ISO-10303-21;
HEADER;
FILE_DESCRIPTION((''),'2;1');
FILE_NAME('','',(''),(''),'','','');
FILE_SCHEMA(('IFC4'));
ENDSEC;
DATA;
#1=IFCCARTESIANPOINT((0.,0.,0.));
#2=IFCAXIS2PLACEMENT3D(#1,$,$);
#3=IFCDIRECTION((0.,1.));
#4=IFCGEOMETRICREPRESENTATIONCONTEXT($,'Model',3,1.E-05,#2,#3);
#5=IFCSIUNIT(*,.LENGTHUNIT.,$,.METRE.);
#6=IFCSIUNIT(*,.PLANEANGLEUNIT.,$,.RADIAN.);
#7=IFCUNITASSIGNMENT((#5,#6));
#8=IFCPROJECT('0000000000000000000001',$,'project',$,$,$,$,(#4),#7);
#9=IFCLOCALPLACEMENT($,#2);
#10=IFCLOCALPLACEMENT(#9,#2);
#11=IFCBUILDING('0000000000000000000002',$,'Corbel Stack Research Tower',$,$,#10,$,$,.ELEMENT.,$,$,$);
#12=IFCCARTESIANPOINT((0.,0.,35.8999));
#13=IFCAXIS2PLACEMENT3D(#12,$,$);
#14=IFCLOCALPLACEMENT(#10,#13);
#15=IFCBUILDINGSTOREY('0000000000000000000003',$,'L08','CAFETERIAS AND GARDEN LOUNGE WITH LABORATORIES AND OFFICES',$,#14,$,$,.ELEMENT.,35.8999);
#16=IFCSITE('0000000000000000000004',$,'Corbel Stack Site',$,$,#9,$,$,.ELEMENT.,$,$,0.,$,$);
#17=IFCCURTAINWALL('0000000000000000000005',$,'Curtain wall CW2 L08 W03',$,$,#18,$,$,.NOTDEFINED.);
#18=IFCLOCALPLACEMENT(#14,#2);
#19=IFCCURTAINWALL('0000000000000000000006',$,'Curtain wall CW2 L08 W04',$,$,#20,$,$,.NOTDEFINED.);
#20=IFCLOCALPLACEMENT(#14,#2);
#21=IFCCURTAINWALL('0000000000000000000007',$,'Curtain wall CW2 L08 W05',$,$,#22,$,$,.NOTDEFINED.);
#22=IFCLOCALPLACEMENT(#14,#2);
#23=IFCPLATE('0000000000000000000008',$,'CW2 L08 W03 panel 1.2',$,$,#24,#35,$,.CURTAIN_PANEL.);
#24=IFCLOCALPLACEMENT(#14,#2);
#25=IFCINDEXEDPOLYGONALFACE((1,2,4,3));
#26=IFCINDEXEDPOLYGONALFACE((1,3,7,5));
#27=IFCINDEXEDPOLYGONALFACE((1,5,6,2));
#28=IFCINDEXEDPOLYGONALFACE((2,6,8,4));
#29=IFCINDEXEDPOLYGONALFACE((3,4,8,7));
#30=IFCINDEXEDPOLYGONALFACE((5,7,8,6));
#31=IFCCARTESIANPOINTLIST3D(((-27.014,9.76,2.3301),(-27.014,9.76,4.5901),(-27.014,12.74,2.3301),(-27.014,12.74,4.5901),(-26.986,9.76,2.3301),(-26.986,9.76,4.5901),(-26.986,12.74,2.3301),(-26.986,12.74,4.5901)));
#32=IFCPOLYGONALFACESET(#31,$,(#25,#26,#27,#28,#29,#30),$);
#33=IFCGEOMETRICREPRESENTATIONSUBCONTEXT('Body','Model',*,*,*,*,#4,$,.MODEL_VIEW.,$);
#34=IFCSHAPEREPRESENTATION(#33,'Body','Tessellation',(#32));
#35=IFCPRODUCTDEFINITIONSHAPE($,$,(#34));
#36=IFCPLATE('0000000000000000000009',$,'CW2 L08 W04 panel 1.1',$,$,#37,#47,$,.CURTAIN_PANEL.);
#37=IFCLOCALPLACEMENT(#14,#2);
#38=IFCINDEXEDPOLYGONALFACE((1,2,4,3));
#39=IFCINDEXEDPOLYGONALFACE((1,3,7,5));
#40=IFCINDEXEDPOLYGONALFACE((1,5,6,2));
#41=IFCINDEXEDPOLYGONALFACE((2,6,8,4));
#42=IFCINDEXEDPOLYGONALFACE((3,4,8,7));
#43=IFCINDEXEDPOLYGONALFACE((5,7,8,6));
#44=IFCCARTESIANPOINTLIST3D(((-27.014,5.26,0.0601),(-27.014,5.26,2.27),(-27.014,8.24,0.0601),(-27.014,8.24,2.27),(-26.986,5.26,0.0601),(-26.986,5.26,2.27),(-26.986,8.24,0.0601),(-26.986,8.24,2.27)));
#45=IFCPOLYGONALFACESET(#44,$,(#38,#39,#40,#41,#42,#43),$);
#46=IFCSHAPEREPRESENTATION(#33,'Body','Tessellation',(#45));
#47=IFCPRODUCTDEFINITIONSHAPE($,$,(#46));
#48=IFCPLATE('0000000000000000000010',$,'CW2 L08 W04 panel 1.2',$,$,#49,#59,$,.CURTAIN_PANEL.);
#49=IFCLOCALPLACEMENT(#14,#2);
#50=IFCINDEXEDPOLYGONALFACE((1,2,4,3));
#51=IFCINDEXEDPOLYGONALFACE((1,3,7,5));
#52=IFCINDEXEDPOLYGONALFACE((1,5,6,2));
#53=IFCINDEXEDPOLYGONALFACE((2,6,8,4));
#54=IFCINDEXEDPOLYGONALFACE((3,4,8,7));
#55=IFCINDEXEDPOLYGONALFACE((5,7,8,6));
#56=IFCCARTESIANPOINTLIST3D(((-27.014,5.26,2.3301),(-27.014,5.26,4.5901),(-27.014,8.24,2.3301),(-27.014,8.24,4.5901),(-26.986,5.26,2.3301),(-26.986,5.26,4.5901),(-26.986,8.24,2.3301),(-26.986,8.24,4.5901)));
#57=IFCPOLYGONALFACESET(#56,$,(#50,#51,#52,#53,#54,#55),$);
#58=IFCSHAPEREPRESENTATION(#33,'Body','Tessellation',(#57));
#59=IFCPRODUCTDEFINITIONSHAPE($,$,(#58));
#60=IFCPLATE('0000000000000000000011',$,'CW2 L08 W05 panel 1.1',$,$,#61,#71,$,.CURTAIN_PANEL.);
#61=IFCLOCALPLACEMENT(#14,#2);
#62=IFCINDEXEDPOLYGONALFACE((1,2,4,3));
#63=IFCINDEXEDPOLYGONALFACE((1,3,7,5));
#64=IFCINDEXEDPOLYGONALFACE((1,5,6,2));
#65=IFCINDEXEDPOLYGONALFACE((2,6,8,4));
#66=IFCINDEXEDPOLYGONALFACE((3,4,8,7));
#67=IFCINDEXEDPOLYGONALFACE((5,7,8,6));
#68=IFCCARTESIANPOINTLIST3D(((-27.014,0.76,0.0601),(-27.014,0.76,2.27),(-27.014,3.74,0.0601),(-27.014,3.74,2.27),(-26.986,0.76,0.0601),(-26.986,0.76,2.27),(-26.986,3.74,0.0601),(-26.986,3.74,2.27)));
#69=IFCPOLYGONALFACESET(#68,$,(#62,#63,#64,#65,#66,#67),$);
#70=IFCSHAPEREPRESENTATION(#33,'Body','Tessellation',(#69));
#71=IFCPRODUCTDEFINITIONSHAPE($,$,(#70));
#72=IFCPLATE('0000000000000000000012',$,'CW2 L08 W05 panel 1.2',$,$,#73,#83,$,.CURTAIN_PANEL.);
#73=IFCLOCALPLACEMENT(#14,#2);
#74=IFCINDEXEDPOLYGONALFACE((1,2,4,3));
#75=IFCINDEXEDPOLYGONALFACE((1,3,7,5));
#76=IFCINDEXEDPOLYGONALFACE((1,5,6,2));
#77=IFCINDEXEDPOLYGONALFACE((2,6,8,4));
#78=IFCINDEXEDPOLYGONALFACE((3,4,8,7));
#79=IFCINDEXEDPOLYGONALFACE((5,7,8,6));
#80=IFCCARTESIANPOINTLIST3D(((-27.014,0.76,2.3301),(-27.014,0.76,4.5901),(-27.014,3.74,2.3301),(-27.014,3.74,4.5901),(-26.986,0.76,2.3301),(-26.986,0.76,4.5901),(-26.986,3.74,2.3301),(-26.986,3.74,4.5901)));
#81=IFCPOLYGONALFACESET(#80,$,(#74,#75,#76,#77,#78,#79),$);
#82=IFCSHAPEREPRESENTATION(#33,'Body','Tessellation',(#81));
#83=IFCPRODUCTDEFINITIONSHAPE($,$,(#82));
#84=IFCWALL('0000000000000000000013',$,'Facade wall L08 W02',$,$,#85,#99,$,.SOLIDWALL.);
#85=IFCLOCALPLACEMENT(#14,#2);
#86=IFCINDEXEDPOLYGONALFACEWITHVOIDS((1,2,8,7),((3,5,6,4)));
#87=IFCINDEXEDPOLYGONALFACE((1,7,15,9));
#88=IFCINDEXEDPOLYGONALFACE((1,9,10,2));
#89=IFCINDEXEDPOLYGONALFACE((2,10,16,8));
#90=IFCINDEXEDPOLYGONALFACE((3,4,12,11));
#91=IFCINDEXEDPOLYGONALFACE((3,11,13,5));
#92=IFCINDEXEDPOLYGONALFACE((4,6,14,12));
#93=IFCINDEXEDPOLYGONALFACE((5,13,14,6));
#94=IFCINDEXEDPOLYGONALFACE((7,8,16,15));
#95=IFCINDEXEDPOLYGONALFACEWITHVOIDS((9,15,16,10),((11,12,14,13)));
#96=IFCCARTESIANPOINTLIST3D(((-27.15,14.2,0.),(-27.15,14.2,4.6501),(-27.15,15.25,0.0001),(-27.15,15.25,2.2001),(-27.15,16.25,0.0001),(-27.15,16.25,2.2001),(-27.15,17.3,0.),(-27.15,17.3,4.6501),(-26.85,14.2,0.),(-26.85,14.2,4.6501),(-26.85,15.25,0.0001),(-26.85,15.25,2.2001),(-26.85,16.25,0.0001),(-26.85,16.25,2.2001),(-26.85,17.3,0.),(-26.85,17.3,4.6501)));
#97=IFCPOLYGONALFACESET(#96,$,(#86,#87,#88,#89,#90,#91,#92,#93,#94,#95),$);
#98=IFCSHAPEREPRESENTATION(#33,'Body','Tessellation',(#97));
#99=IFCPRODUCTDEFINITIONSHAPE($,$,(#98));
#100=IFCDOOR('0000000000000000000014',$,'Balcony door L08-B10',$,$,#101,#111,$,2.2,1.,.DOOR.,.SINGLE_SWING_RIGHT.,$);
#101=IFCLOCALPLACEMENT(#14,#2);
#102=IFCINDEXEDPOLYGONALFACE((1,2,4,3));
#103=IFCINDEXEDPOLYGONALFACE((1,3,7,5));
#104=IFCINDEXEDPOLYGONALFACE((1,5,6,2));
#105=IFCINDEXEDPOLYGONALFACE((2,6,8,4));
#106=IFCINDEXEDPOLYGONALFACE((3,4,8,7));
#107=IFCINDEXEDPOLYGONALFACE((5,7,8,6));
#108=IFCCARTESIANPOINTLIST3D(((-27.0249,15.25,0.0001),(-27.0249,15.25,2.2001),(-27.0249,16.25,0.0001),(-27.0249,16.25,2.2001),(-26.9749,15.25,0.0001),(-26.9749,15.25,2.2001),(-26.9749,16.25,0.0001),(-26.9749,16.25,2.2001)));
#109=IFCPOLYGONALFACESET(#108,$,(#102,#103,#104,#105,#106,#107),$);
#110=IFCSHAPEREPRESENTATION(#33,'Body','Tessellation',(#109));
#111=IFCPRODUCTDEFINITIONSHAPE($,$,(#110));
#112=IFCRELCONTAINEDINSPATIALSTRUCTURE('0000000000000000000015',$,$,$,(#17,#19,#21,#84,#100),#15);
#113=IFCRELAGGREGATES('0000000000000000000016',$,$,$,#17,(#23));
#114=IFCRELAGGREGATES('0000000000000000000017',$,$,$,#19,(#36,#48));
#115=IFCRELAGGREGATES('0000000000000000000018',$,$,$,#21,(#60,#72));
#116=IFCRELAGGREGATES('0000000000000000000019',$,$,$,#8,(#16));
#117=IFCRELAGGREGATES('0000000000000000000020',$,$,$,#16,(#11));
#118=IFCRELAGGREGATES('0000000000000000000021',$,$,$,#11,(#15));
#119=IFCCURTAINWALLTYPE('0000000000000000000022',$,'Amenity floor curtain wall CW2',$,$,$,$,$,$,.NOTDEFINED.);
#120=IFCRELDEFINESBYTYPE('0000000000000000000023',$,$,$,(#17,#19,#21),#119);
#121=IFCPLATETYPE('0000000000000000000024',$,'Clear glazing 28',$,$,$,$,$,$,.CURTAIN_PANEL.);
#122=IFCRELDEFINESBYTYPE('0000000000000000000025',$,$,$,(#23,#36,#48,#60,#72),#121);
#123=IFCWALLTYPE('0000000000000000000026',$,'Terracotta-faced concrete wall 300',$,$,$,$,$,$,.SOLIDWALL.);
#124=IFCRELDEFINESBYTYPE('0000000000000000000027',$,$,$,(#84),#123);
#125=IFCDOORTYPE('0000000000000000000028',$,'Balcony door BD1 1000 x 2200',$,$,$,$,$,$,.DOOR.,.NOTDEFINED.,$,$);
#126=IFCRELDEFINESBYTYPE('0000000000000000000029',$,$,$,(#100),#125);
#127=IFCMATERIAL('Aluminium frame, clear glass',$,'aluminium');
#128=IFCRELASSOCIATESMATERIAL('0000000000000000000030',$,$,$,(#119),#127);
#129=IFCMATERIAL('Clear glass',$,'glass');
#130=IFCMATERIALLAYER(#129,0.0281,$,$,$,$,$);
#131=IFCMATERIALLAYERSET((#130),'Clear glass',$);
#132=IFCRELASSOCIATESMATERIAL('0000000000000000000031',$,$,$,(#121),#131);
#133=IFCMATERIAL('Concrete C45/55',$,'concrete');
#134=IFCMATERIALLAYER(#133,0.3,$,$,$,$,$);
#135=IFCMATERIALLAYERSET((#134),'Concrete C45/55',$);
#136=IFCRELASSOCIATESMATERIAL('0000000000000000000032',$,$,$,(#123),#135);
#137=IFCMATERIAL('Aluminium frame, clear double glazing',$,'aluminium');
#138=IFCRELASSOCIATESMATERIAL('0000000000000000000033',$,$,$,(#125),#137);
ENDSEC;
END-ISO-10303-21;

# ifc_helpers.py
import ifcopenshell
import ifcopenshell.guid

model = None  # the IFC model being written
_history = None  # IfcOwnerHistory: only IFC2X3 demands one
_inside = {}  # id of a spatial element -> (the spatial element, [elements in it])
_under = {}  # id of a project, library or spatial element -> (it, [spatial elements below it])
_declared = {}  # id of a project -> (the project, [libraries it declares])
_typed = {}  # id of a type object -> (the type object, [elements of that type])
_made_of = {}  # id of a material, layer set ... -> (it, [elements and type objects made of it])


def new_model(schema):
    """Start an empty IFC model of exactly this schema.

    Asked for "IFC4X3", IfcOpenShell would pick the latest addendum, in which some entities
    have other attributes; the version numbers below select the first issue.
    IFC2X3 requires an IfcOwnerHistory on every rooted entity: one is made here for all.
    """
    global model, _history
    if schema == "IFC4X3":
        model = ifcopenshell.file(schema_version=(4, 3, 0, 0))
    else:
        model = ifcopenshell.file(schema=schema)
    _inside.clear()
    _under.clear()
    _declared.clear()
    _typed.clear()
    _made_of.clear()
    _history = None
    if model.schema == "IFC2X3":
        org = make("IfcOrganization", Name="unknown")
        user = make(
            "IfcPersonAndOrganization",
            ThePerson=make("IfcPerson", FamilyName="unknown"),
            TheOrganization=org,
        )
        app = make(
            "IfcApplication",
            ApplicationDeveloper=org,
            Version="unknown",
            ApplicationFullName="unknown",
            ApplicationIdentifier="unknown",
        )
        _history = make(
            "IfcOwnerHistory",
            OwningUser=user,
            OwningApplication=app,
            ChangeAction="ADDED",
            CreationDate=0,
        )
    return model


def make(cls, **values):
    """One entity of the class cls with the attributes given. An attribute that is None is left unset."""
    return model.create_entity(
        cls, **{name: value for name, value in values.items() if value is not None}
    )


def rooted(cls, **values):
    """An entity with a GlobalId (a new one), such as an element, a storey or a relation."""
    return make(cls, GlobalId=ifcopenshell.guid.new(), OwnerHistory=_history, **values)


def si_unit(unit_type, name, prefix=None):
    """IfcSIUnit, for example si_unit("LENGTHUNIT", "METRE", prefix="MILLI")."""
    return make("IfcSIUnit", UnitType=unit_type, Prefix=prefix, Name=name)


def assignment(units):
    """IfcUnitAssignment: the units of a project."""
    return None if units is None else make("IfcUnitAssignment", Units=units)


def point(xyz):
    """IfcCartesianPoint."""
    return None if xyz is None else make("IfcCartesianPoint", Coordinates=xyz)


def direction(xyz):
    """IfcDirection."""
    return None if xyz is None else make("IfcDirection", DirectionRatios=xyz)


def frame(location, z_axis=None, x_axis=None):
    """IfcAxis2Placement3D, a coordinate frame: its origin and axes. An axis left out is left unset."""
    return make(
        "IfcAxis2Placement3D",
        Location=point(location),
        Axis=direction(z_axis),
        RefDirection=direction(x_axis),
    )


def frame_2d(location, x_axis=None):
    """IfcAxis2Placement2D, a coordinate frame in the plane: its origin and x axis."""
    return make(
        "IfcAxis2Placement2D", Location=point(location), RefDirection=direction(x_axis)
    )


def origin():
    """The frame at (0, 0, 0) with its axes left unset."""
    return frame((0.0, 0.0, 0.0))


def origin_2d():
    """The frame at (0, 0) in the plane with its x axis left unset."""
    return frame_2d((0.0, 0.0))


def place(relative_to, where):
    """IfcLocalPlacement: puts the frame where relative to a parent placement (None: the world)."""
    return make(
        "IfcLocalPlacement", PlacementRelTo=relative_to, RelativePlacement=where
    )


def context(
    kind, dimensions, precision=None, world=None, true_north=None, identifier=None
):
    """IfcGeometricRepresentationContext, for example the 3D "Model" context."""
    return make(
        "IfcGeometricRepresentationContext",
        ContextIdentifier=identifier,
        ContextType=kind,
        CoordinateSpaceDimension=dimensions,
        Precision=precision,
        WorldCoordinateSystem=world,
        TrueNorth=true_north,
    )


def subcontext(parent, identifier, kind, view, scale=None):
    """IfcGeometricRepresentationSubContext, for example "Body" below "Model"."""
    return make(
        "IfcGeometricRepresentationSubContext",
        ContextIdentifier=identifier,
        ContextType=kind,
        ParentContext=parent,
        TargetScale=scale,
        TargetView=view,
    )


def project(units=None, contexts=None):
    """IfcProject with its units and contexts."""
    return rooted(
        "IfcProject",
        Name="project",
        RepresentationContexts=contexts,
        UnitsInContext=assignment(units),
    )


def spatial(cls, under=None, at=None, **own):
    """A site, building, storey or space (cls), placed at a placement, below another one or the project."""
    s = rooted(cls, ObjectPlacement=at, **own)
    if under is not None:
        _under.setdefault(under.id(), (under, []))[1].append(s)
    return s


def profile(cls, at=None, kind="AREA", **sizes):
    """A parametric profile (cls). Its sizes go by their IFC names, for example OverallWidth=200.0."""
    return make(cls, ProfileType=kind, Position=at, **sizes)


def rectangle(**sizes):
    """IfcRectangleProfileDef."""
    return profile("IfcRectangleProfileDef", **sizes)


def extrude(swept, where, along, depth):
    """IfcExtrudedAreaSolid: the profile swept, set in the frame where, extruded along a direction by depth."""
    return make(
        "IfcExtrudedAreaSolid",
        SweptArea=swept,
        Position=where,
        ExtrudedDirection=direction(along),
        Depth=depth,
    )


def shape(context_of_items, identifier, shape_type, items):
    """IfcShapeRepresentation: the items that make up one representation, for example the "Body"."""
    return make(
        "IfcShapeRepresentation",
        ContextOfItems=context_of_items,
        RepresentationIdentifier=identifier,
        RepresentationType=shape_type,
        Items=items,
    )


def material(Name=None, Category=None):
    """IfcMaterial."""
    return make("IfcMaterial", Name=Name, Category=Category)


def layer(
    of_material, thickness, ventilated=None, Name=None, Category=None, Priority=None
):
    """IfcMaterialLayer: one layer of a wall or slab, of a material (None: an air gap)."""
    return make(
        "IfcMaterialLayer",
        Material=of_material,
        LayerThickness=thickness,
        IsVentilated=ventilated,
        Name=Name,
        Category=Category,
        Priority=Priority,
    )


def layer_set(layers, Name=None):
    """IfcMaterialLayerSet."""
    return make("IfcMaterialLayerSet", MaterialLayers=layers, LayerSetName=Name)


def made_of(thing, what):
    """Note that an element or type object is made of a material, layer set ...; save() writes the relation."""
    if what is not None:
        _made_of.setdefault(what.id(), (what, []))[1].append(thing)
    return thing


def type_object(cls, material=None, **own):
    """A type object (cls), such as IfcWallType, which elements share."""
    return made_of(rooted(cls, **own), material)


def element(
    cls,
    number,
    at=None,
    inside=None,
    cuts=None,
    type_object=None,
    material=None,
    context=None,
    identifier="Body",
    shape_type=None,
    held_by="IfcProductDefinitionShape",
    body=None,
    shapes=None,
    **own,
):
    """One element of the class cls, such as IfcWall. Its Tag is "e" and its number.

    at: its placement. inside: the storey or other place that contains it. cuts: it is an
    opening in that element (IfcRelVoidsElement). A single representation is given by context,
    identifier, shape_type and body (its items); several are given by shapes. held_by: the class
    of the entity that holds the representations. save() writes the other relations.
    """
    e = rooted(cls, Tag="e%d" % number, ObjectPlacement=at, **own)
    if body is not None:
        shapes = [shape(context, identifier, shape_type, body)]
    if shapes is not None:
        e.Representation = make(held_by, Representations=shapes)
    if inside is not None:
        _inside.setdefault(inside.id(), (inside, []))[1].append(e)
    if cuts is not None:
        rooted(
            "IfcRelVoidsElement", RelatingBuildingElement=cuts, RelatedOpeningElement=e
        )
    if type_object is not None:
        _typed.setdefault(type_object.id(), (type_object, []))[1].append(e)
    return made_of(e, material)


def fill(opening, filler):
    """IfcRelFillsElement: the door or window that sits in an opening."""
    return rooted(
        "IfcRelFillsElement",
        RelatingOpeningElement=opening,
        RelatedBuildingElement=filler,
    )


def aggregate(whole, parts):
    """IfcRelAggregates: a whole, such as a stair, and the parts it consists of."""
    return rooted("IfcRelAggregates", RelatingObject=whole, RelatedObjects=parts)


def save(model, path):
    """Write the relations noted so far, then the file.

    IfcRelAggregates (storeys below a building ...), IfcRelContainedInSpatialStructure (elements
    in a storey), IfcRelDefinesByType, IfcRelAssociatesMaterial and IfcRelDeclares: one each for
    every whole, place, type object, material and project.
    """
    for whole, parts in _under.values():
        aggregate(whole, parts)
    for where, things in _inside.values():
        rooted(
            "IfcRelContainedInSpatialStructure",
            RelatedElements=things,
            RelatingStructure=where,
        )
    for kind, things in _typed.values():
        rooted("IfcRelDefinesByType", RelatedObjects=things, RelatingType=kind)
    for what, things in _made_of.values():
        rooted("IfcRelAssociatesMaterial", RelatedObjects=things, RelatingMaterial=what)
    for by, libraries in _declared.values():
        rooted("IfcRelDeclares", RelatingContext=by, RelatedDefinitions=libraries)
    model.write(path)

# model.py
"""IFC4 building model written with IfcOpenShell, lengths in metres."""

from ifc_helpers import new_model, si_unit, direction, frame, frame_2d, origin, origin_2d, place, context, subcontext, project, spatial, rectangle, extrude, material, layer, layer_set, type_object, element, fill, aggregate, save


model = new_model("IFC4")

# Units and contexts
model_context = context("Model", 3, precision=1e-05, world=origin(), true_north=direction((0.0, 1.0)))
body_context = subcontext(model_context, "Body", "Model", "MODEL_VIEW")
ifc_project = project(units=[si_unit("LENGTHUNIT", "METRE"), si_unit("PLANEANGLEUNIT", "RADIAN")], contexts=[model_context])

# Site, building, storey
site_placement = place(None, origin())
site = spatial("IfcSite", under=ifc_project, at=site_placement, Name="Corbel Stack Site", CompositionType="ELEMENT", RefElevation=0.0)
building_placement = place(site_placement, origin())
building = spatial("IfcBuilding", under=site, at=building_placement, Name="Corbel Stack Research Tower", CompositionType="ELEMENT")
storey_placement = place(building_placement, frame((0.0, 0.0, 35.8999)))
storey = spatial("IfcBuildingStorey", under=building, at=storey_placement, Name="L08", Description="CAFETERIAS AND GARDEN LOUNGE WITH LABORATORIES AND OFFICES", CompositionType="ELEMENT", Elevation=35.8999)

# Curtain walls
ifc_material_1 = material(Name="Aluminium frame, clear glass", Category="aluminium")
curtain_wall_type = type_object("IfcCurtainWallType", Name="Amenity floor curtain wall CW2", PredefinedType="NOTDEFINED", material=ifc_material_1)
curtain_wall_1_placement = place(storey_placement, origin())
curtain_wall_1 = element("IfcCurtainWall", 1, at=curtain_wall_1_placement, inside=storey, type_object=curtain_wall_type, Name="Curtain wall CW2 L08 W03", PredefinedType="NOTDEFINED")
curtain_wall_2_placement = place(storey_placement, origin())
curtain_wall_2 = element("IfcCurtainWall", 2, at=curtain_wall_2_placement, inside=storey, type_object=curtain_wall_type, Name="Curtain wall CW2 L08 W04", PredefinedType="NOTDEFINED")
curtain_wall_3_placement = place(storey_placement, origin())
curtain_wall_3 = element("IfcCurtainWall", 3, at=curtain_wall_3_placement, inside=storey, type_object=curtain_wall_type, Name="Curtain wall CW2 L08 W05", PredefinedType="NOTDEFINED")

# Plates
ifc_material_2 = material(Name="Clear glass", Category="glass")
ifc_layer_1 = layer(ifc_material_2, 0.0281)
ifc_layer_set_1 = layer_set([ifc_layer_1], Name="Clear glass")
plate_type = type_object("IfcPlateType", Name="Clear glazing 28", PredefinedType="CURTAIN_PANEL", material=ifc_layer_set_1)
plate_1_placement = place(storey_placement, frame((-27.0, 11.25, 2.3301), z_axis=(0.0, 0.0, 1.0), x_axis=(0.0, -1.0, 0.0)))
plate_1 = element("IfcPlate", 4, at=plate_1_placement, type_object=plate_type, Name="CW2 L08 W03 panel 1.2", PredefinedType="CURTAIN_PANEL", context=body_context, shape_type="SweptSolid", body=[
    extrude(rectangle(XDim=2.98, YDim=0.0281, at=origin_2d()), origin(), (0.0, 0.0, 1.0), 2.26),
])
aggregate(curtain_wall_1, [plate_1])
plate_2_placement = place(storey_placement, frame((-27.0, 6.75, 0.0601), z_axis=(0.0, 0.0, 1.0), x_axis=(0.0, -1.0, 0.0)))
plate_2 = element("IfcPlate", 5, at=plate_2_placement, type_object=plate_type, Name="CW2 L08 W04 panel 1.1", PredefinedType="CURTAIN_PANEL", context=body_context, shape_type="SweptSolid", body=[
    extrude(rectangle(XDim=2.98, YDim=0.0281, at=origin_2d()), origin(), (0.0, 0.0, 1.0), 2.21),
])
plate_3_placement = place(storey_placement, frame((-27.0, 6.75, 2.3301), z_axis=(0.0, 0.0, 1.0), x_axis=(0.0, -1.0, 0.0)))
plate_3 = element("IfcPlate", 6, at=plate_3_placement, type_object=plate_type, Name="CW2 L08 W04 panel 1.2", PredefinedType="CURTAIN_PANEL", context=body_context, shape_type="SweptSolid", body=[
    extrude(rectangle(XDim=2.98, YDim=0.0281, at=origin_2d()), origin(), (0.0, 0.0, 1.0), 2.26),
])
aggregate(curtain_wall_2, [plate_2, plate_3])
plate_4_placement = place(storey_placement, frame((-27.0, 2.25, 0.0601), z_axis=(0.0, 0.0, 1.0), x_axis=(0.0, -1.0, 0.0)))
plate_4 = element("IfcPlate", 7, at=plate_4_placement, type_object=plate_type, Name="CW2 L08 W05 panel 1.1", PredefinedType="CURTAIN_PANEL", context=body_context, shape_type="SweptSolid", body=[
    extrude(rectangle(XDim=2.98, YDim=0.0281, at=origin_2d()), origin(), (0.0, 0.0, 1.0), 2.21),
])
plate_5_placement = place(storey_placement, frame((-27.0, 2.25, 2.3301), z_axis=(0.0, 0.0, 1.0), x_axis=(0.0, -1.0, 0.0)))
plate_5 = element("IfcPlate", 8, at=plate_5_placement, type_object=plate_type, Name="CW2 L08 W05 panel 1.2", PredefinedType="CURTAIN_PANEL", context=body_context, shape_type="SweptSolid", body=[
    extrude(rectangle(XDim=2.98, YDim=0.0281, at=origin_2d()), origin(), (0.0, 0.0, 1.0), 2.26),
])
aggregate(curtain_wall_3, [plate_4, plate_5])

# Wall, opening, door
ifc_material_3 = material(Name="Concrete C45/55", Category="concrete")
ifc_layer_2 = layer(ifc_material_3, 0.3)
ifc_layer_set_2 = layer_set([ifc_layer_2], Name="Concrete C45/55")
wall_type = type_object("IfcWallType", Name="Terracotta-faced concrete wall 300", PredefinedType="SOLIDWALL", material=ifc_layer_set_2)
wall_placement = place(storey_placement, frame((-27.0, 14.2, 0.0), z_axis=(0.0, 0.0, 1.0), x_axis=(0.0, 1.0, 0.0)))
wall = element("IfcWall", 9, at=wall_placement, inside=storey, type_object=wall_type, Name="Facade wall L08 W02", PredefinedType="SOLIDWALL", context=body_context, shape_type="SweptSolid", body=[
    extrude(rectangle(XDim=3.1001, YDim=0.3, at=frame_2d((1.55, 0.0))), origin(), (0.0, 0.0, 1.0), 4.6501),
])
opening_placement = place(wall_placement, frame((1.05, 0.0, 0.0)))
opening = element("IfcOpeningElement", 10, at=opening_placement, cuts=wall, PredefinedType="OPENING", context=body_context, shape_type="SweptSolid", body=[
    extrude(rectangle(XDim=1.0, YDim=2.2, at=frame_2d((0.5, 1.1001))), frame((0.0, 0.1599, 0.0), z_axis=(0.0, -1.0, 0.0), x_axis=(1.0, 0.0, 0.0)), (0.0, 0.0, 1.0), 0.3201),
])
ifc_material_4 = material(Name="Aluminium frame, clear double glazing", Category="aluminium")
door_type = type_object("IfcDoorType", Name="Balcony door BD1 1000 x 2200", OperationType="NOTDEFINED", PredefinedType="DOOR", material=ifc_material_4)
door_placement = place(opening_placement, origin())
door = element("IfcDoor", 11, at=door_placement, inside=storey, type_object=door_type, Name="Balcony door L08-B10", OperationType="SINGLE_SWING_RIGHT", OverallHeight=2.2, OverallWidth=1.0, PredefinedType="DOOR", context=body_context, shape_type="SweptSolid", body=[
    extrude(rectangle(XDim=1.0, YDim=2.2, at=frame_2d((0.5, 1.1001))), frame((0.0, 0.0249, 0.0), z_axis=(0.0, -1.0, 0.0), x_axis=(1.0, 0.0, 0.0)), (0.0, 0.0, 1.0), 0.05),
])
fill(opening, door)

save(model, "model.ifc")
